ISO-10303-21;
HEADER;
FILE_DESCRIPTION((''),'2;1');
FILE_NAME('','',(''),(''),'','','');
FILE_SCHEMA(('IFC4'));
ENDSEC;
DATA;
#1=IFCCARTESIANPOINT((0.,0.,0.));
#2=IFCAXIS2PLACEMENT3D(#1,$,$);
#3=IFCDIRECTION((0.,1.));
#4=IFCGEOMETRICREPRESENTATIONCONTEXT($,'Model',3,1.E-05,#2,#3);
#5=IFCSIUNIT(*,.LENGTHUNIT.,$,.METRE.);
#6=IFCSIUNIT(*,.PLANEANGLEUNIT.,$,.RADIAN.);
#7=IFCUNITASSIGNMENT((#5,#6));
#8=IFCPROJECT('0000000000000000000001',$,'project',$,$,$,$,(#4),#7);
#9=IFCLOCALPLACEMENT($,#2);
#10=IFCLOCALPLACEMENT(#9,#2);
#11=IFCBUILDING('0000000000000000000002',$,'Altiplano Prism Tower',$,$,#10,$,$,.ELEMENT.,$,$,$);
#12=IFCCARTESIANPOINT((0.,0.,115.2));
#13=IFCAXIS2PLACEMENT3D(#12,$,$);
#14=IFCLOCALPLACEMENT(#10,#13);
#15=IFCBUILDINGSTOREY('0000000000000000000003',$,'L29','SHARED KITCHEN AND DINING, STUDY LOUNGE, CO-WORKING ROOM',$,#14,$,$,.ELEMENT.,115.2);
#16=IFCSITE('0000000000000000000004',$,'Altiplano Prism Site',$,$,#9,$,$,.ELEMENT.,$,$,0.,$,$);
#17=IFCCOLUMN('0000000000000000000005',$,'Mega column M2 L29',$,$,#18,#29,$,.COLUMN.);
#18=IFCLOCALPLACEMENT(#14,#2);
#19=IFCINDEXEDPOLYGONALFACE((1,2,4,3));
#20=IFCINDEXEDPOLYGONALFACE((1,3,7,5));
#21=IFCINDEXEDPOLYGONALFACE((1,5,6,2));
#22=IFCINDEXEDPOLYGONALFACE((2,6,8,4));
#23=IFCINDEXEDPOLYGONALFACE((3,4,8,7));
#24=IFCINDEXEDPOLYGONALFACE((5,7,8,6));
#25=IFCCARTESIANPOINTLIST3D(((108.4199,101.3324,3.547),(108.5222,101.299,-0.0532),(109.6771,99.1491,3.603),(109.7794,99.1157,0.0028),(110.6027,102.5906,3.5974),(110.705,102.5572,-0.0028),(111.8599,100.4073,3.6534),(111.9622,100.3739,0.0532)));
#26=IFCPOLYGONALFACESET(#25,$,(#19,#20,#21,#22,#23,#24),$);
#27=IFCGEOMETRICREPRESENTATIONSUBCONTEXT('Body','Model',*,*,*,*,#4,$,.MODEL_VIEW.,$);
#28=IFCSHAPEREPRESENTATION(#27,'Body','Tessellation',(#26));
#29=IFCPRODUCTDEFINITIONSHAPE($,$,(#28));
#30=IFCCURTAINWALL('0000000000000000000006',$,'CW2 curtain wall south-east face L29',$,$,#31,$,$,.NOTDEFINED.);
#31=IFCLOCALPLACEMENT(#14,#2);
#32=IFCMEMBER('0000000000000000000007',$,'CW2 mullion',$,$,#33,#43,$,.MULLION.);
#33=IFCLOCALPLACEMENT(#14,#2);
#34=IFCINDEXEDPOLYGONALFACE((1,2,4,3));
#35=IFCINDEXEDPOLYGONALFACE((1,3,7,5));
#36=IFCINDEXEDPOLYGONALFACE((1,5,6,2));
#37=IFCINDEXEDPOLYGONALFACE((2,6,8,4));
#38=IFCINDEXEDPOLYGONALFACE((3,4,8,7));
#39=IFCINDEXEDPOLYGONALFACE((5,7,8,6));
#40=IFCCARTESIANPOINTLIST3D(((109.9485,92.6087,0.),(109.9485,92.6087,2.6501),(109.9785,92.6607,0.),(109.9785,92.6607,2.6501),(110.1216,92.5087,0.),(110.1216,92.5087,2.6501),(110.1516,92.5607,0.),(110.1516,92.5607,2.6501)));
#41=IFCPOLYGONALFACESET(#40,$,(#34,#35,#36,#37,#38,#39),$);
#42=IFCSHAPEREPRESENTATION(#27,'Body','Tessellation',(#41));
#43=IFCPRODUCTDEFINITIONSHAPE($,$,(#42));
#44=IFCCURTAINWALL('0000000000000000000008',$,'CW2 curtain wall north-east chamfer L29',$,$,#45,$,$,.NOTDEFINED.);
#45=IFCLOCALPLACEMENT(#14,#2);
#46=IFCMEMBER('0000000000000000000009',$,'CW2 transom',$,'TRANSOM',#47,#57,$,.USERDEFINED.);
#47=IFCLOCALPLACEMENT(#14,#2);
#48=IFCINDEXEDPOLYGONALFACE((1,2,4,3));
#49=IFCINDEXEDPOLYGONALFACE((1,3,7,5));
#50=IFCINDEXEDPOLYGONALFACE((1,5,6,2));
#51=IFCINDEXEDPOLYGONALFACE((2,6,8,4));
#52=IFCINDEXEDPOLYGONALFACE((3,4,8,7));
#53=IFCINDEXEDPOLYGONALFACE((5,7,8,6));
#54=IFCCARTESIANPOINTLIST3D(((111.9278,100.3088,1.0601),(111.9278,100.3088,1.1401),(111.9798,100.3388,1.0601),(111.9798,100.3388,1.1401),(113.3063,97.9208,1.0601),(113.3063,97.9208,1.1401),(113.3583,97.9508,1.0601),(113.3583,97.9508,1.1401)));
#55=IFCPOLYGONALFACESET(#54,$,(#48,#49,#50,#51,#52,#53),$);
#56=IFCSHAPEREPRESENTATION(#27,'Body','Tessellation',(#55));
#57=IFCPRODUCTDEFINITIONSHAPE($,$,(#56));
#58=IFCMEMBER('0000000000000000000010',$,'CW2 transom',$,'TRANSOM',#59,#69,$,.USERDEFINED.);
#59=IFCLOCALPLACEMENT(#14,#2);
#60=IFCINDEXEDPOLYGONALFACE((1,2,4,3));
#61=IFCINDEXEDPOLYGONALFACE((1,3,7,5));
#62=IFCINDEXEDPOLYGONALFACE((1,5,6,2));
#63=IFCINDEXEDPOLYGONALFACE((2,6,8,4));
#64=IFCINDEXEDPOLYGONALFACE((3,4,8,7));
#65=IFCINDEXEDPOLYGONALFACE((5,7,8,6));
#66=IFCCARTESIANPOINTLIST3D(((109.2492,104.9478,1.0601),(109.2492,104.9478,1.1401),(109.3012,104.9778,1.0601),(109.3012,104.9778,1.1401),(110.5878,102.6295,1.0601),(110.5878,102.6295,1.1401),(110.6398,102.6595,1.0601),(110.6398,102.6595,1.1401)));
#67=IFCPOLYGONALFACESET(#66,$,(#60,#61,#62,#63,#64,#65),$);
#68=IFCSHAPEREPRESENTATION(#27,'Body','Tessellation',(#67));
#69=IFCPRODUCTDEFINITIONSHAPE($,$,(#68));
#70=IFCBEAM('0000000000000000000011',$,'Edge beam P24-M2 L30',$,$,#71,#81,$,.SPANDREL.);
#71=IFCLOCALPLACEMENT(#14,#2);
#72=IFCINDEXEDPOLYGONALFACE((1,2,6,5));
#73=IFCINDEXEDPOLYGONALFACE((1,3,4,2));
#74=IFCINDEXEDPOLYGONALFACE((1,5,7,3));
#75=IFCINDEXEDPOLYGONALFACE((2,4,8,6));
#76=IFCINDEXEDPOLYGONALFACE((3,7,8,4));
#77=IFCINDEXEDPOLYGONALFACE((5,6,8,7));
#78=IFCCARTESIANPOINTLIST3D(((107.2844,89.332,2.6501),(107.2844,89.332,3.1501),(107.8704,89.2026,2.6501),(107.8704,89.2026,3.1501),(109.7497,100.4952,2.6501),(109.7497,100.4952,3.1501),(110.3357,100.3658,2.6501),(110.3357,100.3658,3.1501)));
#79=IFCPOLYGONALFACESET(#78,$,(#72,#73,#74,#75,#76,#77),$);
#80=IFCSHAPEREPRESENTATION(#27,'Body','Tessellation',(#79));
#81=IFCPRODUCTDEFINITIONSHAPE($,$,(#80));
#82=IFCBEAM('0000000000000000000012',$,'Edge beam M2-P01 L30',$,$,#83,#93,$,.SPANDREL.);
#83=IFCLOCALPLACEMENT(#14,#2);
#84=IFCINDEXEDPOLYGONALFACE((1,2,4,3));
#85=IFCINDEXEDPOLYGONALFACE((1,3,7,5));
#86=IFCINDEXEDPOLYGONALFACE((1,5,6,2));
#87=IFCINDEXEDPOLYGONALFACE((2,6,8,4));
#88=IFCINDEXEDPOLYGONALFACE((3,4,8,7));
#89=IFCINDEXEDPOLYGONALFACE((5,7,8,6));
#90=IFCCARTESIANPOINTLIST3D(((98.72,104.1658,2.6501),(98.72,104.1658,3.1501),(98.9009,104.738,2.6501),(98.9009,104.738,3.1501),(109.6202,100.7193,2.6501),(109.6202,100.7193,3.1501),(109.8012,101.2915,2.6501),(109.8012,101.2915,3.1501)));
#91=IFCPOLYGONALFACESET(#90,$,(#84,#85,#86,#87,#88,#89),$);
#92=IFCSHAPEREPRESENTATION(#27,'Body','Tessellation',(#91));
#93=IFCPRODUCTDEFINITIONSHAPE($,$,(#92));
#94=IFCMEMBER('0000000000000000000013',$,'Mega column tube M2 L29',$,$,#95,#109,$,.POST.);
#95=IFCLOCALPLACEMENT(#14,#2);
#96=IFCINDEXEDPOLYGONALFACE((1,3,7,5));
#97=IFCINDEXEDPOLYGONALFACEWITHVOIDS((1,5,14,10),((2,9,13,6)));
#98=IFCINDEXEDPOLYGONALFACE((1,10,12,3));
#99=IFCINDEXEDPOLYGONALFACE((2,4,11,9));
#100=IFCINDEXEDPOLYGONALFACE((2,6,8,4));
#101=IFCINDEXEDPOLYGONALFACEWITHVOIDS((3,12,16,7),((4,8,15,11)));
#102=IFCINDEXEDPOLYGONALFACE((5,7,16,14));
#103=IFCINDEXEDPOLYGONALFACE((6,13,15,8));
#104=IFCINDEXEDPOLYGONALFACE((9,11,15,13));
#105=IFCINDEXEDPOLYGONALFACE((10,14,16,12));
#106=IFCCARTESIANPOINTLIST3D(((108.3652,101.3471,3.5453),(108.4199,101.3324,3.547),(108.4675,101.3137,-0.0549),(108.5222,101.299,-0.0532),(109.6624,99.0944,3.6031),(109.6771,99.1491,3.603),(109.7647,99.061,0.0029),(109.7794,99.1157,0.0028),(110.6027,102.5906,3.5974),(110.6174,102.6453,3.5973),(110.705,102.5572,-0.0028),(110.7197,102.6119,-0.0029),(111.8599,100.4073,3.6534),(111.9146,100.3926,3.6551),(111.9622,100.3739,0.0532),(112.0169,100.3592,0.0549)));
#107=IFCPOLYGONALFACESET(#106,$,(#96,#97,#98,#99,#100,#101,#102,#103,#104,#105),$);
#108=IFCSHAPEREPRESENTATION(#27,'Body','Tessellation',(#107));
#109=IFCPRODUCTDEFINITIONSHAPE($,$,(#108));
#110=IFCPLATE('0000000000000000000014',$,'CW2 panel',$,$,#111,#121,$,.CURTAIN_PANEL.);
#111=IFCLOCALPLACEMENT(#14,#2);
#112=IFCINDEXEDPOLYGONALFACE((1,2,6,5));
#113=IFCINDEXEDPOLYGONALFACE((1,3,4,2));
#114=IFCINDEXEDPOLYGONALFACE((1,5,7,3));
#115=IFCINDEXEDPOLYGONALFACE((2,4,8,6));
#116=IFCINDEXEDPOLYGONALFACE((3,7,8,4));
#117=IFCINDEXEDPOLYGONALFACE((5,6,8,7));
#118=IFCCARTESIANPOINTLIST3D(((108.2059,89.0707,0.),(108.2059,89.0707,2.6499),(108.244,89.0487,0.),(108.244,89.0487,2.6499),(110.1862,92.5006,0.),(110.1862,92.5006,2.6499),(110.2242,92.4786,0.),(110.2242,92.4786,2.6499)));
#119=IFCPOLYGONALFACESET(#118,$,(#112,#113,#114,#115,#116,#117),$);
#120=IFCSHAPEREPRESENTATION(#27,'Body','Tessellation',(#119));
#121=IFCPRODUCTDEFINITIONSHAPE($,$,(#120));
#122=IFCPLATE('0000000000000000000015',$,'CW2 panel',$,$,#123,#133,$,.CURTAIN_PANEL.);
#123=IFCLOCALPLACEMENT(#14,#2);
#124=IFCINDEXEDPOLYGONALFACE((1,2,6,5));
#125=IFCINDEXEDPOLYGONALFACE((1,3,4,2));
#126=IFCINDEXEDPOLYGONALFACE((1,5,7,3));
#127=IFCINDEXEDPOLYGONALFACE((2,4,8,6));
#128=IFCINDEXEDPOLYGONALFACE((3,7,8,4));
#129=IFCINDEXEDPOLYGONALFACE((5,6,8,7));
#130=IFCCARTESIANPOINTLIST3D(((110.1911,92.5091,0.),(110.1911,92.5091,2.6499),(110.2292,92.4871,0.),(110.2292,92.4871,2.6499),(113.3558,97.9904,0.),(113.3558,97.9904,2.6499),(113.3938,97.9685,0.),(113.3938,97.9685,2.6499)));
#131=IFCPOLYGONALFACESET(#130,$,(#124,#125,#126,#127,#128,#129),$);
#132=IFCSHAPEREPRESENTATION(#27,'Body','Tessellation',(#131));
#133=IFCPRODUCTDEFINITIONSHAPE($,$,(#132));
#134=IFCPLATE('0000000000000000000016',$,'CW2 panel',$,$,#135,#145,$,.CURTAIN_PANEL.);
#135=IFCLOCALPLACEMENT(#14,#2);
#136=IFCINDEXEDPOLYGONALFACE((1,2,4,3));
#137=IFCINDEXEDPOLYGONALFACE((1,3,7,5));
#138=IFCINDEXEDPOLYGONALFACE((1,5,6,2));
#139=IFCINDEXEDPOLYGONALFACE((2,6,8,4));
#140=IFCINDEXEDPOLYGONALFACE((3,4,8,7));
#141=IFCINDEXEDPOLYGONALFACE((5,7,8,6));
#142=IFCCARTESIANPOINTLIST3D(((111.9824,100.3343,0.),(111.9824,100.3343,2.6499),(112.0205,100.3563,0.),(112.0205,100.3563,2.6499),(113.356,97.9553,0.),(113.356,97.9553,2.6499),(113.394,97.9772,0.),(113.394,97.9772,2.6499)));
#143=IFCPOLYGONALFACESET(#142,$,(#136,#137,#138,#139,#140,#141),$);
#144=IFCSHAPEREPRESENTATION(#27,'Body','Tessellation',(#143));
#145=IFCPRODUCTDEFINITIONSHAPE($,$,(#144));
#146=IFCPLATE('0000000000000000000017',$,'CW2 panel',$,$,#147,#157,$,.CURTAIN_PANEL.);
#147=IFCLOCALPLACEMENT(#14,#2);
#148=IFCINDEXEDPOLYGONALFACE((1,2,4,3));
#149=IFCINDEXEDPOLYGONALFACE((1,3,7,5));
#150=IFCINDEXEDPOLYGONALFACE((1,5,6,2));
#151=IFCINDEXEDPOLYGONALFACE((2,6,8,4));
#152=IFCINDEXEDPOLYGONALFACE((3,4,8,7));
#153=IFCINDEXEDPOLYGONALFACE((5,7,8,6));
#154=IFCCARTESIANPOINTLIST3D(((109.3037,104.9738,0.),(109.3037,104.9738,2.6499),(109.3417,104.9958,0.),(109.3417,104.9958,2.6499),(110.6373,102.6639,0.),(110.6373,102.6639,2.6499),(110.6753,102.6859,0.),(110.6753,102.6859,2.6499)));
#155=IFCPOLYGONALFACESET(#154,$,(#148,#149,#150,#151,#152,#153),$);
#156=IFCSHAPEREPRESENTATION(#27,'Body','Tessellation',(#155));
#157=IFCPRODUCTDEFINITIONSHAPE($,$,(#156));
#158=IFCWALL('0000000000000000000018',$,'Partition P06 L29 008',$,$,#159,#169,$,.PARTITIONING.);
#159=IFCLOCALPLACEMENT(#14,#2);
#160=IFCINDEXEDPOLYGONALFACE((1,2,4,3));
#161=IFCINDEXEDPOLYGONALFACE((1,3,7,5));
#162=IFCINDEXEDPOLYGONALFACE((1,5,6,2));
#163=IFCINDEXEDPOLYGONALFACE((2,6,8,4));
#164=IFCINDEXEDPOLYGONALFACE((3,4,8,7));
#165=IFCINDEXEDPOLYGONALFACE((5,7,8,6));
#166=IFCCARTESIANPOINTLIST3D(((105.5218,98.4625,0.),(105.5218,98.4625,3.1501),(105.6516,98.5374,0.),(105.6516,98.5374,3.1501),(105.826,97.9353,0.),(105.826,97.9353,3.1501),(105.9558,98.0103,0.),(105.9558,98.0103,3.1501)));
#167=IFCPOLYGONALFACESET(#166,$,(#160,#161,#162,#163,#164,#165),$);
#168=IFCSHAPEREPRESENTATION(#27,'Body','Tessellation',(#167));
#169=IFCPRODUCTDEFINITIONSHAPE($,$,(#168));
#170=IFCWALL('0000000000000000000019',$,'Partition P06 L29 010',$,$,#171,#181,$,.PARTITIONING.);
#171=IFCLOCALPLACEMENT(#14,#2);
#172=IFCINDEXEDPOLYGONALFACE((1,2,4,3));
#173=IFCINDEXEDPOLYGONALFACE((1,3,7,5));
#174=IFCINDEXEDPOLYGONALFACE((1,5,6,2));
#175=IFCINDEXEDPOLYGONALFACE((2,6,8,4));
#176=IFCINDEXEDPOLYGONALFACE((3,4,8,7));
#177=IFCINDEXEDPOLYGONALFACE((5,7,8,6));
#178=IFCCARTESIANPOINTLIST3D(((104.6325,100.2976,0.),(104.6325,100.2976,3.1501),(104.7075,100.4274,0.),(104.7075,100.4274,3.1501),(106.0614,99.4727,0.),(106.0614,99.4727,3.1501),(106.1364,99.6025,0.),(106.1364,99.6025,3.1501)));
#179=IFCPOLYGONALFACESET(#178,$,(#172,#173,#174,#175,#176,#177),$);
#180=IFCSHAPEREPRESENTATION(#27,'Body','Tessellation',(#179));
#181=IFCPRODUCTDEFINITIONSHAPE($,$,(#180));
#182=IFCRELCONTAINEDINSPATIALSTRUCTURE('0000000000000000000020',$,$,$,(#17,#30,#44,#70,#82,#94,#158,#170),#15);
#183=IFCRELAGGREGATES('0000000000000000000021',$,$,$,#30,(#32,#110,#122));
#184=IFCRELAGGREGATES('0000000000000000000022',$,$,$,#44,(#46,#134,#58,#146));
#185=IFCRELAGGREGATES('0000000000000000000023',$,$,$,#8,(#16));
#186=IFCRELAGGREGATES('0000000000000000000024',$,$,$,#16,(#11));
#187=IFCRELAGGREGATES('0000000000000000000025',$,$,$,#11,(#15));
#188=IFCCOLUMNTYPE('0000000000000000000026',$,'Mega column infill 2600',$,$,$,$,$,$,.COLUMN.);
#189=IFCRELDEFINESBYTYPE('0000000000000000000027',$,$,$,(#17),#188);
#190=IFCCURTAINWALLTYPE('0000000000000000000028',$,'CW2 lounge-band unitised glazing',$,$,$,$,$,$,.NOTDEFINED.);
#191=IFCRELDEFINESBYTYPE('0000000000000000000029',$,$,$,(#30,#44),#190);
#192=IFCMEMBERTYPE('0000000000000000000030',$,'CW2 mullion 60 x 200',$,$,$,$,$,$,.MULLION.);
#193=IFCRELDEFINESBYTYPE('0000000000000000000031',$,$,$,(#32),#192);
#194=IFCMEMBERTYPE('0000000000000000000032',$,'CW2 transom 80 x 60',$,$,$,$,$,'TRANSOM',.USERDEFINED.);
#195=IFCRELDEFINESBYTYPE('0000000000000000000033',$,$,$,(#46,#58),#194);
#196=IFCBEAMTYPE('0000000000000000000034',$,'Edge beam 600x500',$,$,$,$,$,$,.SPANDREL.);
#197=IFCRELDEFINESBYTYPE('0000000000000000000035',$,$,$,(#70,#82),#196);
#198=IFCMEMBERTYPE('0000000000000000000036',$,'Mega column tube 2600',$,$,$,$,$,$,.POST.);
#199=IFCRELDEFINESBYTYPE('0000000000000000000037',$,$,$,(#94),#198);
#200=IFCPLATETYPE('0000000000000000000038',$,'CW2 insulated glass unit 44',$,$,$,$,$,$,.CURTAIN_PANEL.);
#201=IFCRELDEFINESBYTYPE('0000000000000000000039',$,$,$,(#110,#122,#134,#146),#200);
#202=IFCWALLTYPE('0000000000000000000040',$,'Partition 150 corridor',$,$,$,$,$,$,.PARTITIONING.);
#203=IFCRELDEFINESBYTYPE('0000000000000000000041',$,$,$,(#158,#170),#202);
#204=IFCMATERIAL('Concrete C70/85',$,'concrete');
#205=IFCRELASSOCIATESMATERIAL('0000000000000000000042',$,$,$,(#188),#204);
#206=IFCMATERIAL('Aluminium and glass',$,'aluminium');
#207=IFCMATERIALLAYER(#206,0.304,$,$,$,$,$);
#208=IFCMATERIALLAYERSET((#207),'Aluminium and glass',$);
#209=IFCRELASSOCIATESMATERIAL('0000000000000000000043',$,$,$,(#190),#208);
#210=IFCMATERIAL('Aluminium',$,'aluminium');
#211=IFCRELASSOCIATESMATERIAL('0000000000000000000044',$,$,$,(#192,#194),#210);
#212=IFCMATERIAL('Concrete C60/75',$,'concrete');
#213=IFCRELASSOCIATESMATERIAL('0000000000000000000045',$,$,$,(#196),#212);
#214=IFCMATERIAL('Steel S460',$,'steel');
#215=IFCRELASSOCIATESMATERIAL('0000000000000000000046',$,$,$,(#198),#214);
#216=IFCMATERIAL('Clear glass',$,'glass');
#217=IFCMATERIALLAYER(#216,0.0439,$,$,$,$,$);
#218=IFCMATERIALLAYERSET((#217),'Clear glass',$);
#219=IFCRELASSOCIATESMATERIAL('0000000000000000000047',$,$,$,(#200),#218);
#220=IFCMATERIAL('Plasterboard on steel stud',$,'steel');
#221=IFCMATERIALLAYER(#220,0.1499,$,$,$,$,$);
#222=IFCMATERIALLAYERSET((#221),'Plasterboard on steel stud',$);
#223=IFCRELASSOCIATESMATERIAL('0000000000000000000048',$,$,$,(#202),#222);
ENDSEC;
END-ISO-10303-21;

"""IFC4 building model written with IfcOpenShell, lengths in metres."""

from ifc_helpers import new_model, si_unit, direction, frame, frame_2d, origin, origin_2d, place, context, subcontext, project, spatial, rectangle, hollow_rectangle, extrude, material, layer, layer_set, material_profile, profile_set, type_object, element, aggregate, save


model = new_model("IFC4")

# Units and contexts
model_context = context("Model", 3, precision=1e-05, world=origin(), true_north=direction((0.0, 1.0)))
body_context = subcontext(model_context, "Body", "Model", "MODEL_VIEW")
ifc_project = project(units=[si_unit("LENGTHUNIT", "METRE"), si_unit("PLANEANGLEUNIT", "RADIAN")], contexts=[model_context])

# Site, building, storey
site_placement = place(None, origin())
site = spatial("IfcSite", under=ifc_project, at=site_placement, Name="Altiplano Prism Site", CompositionType="ELEMENT", RefElevation=0.0)
building_placement = place(site_placement, origin())
building = spatial("IfcBuilding", under=site, at=building_placement, Name="Altiplano Prism Tower", CompositionType="ELEMENT")
storey_placement = place(building_placement, frame((0.0, 0.0, 115.2)))
storey = spatial("IfcBuildingStorey", under=building, at=storey_placement, Name="L29", Description="SHARED KITCHEN AND DINING, STUDY LOUNGE, CO-WORKING ROOM", CompositionType="ELEMENT", Elevation=115.2)

# Column
ifc_material_1 = material(Name="Concrete C70/85", Category="concrete")
ifc_material_profile_1 = material_profile(ifc_material_1, rectangle(XDim=2.52, YDim=2.52, at=origin_2d()), Name="Mega column infill 2600")
ifc_profile_set_1 = profile_set([ifc_material_profile_1], Name="Concrete C70/85")
column_type = type_object("IfcColumnType", Name="Mega column infill 2600", PredefinedType="COLUMN", material=ifc_profile_set_1)
column_placement = place(storey_placement, frame((110.2422, 100.8364, 0.0), z_axis=(-0.028402, 0.009287, 0.999553), x_axis=(0.498889, -0.866381, 0.022225)))
element("IfcColumn", 1, at=column_placement, inside=storey, type_object=column_type, Name="Mega column M2 L29", PredefinedType="COLUMN", context=body_context, shape_type="SweptSolid", body=[
    extrude(rectangle(XDim=2.52, YDim=2.52, at=origin_2d()), origin(), (0.0, 0.0, 1.0), 3.6018),
])

# Curtain wall, member
ifc_material_2 = material(Name="Aluminium and glass", Category="aluminium")
ifc_layer_1 = layer(ifc_material_2, 0.304)
ifc_layer_set_1 = layer_set([ifc_layer_1], Name="Aluminium and glass")
curtain_wall_type = type_object("IfcCurtainWallType", Name="CW2 lounge-band unitised glazing", PredefinedType="NOTDEFINED", material=ifc_layer_set_1)
curtain_wall_1_placement = place(storey_placement, origin())
curtain_wall_1 = element("IfcCurtainWall", 2, at=curtain_wall_1_placement, inside=storey, type_object=curtain_wall_type, Name="CW2 curtain wall south-east face L29", PredefinedType="NOTDEFINED")
ifc_material_3 = material(Name="Aluminium", Category="aluminium")
ifc_material_profile_2 = material_profile(ifc_material_3, rectangle(XDim=0.2, YDim=0.0601, at=origin_2d()), Name="CW2 mullion 60 x 200")
ifc_profile_set_2 = profile_set([ifc_material_profile_2], Name="Aluminium")
member_type_1 = type_object("IfcMemberType", Name="CW2 mullion 60 x 200", PredefinedType="MULLION", material=ifc_profile_set_2)
member_1_placement = place(storey_placement, frame((110.05, 92.5847, 0.0), z_axis=(0.0, 0.0, 1.0), x_axis=(-0.866025, 0.5, 0.0)))
member_1 = element("IfcMember", 3, at=member_1_placement, type_object=member_type_1, Name="CW2 mullion", PredefinedType="MULLION", context=body_context, shape_type="SweptSolid", body=[
    extrude(rectangle(XDim=0.2, YDim=0.0601, at=origin_2d()), origin(), (0.0, 0.0, 1.0), 2.6501),
])

# Curtain wall, members
curtain_wall_2_placement = place(storey_placement, origin())
curtain_wall_2 = element("IfcCurtainWall", 4, at=curtain_wall_2_placement, inside=storey, type_object=curtain_wall_type, Name="CW2 curtain wall north-east chamfer L29", PredefinedType="NOTDEFINED")
ifc_material_profile_3 = material_profile(ifc_material_3, rectangle(XDim=0.0601, YDim=0.0801, at=origin_2d()), Name="CW2 transom 80 x 60")
ifc_profile_set_3 = profile_set([ifc_material_profile_3], Name="Aluminium")
member_type_2 = type_object("IfcMemberType", Name="CW2 transom 80 x 60", ElementType="TRANSOM", PredefinedType="USERDEFINED", material=ifc_profile_set_3)
member_2_placement = place(storey_placement, frame((113.3323, 97.9358, 1.1001), z_axis=(-0.499929, 0.866066, 0.0), x_axis=(-0.866066, -0.499929, 0.0)))
member_2 = element("IfcMember", 5, at=member_2_placement, type_object=member_type_2, Name="CW2 transom", ObjectType="TRANSOM", PredefinedType="USERDEFINED", context=body_context, shape_type="SweptSolid", body=[
    extrude(rectangle(XDim=0.0601, YDim=0.0801, at=origin_2d()), origin(), (0.0, 0.0, 1.0), 2.7573),
])
member_3_placement = place(storey_placement, frame((110.6138, 102.6445, 1.1001), z_axis=(-0.500033, 0.866006, 0.0), x_axis=(-0.866006, -0.500033, 0.0)))
member_3 = element("IfcMember", 6, at=member_3_placement, type_object=member_type_2, Name="CW2 transom", ObjectType="TRANSOM", PredefinedType="USERDEFINED", context=body_context, shape_type="SweptSolid", body=[
    extrude(rectangle(XDim=0.0601, YDim=0.0801, at=origin_2d()), origin(), (0.0, 0.0, 1.0), 2.677),
])

# Beams
ifc_material_4 = material(Name="Concrete C60/75", Category="concrete")
ifc_material_profile_4 = material_profile(ifc_material_4, rectangle(XDim=0.6001, YDim=0.5, at=origin_2d()), Name="Edge beam 600x500")
ifc_profile_set_4 = profile_set([ifc_material_profile_4], Name="Concrete C60/75")
beam_type = type_object("IfcBeamType", Name="Edge beam 600x500", PredefinedType="SPANDREL", material=ifc_profile_set_4)
for number, where, z_axis, x_axis, name in (
    (7, (107.5774, 89.2673, 2.9001), (0.21565, 0.976471, 0.0), (-0.976471, 0.21565, 0.0), "Edge beam P24-M2 L30"),
    (8, (109.7107, 101.0054, 2.9001), (-0.953473, 0.30148, 0.0), (-0.30148, -0.953473, 0.0), "Edge beam M2-P01 L30"),
):
    element("IfcBeam", number, at=place(storey_placement, frame(where, z_axis=z_axis, x_axis=x_axis)), inside=storey, type_object=beam_type, Name=name, PredefinedType="SPANDREL", context=body_context, shape_type="SweptSolid", body=[
        extrude(rectangle(XDim=0.6001, YDim=0.5, at=origin_2d()), origin(), (0.0, 0.0, 1.0), 11.4321),
    ])

# Member
ifc_material_5 = material(Name="Steel S460", Category="steel")
ifc_material_profile_5 = material_profile(ifc_material_5, hollow_rectangle(XDim=2.6001, YDim=2.6001, WallThickness=0.04, at=origin_2d()), Name="Mega column tube 2600")
ifc_profile_set_5 = profile_set([ifc_material_profile_5], Name="Steel S460")
member_type_3 = type_object("IfcMemberType", Name="Mega column tube 2600", PredefinedType="POST", material=ifc_profile_set_5)
member_4_placement = place(storey_placement, frame((110.2422, 100.8364, 0.0), z_axis=(-0.028402, 0.009287, 0.999553), x_axis=(0.498889, -0.866381, 0.022225)))
element("IfcMember", 9, at=member_4_placement, inside=storey, type_object=member_type_3, Name="Mega column tube M2 L29", PredefinedType="POST", context=body_context, shape_type="SweptSolid", body=[
    extrude(hollow_rectangle(XDim=2.6001, YDim=2.6001, WallThickness=0.04, at=origin_2d()), origin(), (0.0, 0.0, 1.0), 3.6018),
])

# Plates
ifc_material_6 = material(Name="Clear glass", Category="glass")
ifc_layer_2 = layer(ifc_material_6, 0.0439)
ifc_layer_set_2 = layer_set([ifc_layer_2], Name="Clear glass")
plate_type = type_object("IfcPlateType", Name="CW2 insulated glass unit 44", PredefinedType="CURTAIN_PANEL", material=ifc_layer_set_2)
plate_1_placement = place(storey_placement, frame((109.2151, 90.7747, 0.0), z_axis=(0.0, 0.0, 1.0), x_axis=(0.5, 0.866025, 0.0)))
plate_1 = element("IfcPlate", 10, at=plate_1_placement, type_object=plate_type, Name="CW2 panel", PredefinedType="CURTAIN_PANEL", context=body_context, shape_type="SweptSolid", body=[
    extrude(rectangle(XDim=3.9604, YDim=0.0439, at=origin_2d()), origin(), (0.0, 0.0, 1.0), 2.6499),
])
plate_2_placement = place(storey_placement, frame((111.7925, 95.2388, 0.0), z_axis=(0.0, 0.0, 1.0), x_axis=(0.5, 0.866025, 0.0)))
plate_2 = element("IfcPlate", 11, at=plate_2_placement, type_object=plate_type, Name="CW2 panel", PredefinedType="CURTAIN_PANEL", context=body_context, shape_type="SweptSolid", body=[
    extrude(rectangle(XDim=6.3293, YDim=0.0439, at=origin_2d()), origin(), (0.0, 0.0, 1.0), 2.6499),
])
aggregate(curtain_wall_1, [member_1, plate_1, plate_2])
plate_3_placement = place(storey_placement, frame((112.6882, 99.1558, 0.0), z_axis=(0.0, 0.0, 1.0), x_axis=(-0.5, 0.866025, 0.0)))
plate_3 = element("IfcPlate", 12, at=plate_3_placement, type_object=plate_type, Name="CW2 panel", PredefinedType="CURTAIN_PANEL", context=body_context, shape_type="SweptSolid", body=[
    extrude(rectangle(XDim=2.7471, YDim=0.0439, at=origin_2d()), origin(), (0.0, 0.0, 1.0), 2.6499),
])
plate_4_placement = place(storey_placement, frame((109.9895, 103.8298, 0.0), z_axis=(0.0, 0.0, 1.0), x_axis=(-0.5, 0.866025, 0.0)))
plate_4 = element("IfcPlate", 13, at=plate_4_placement, type_object=plate_type, Name="CW2 panel", PredefinedType="CURTAIN_PANEL", context=body_context, shape_type="SweptSolid", body=[
    extrude(rectangle(XDim=2.6672, YDim=0.0439, at=origin_2d()), origin(), (0.0, 0.0, 1.0), 2.6499),
])
aggregate(curtain_wall_2, [member_2, plate_3, member_3, plate_4])

# Walls
ifc_material_7 = material(Name="Plasterboard on steel stud", Category="steel")
ifc_layer_3 = layer(ifc_material_7, 0.1499)
ifc_layer_set_3 = layer_set([ifc_layer_3], Name="Plasterboard on steel stud")
wall_type_1 = type_object("IfcWallType", Name="Partition 150 corridor", PredefinedType="PARTITIONING", material=ifc_layer_set_3)
wall_1_placement = place(storey_placement, frame((105.8909, 97.9729, 0.0), z_axis=(0.0, 0.0, 1.0), x_axis=(-0.49985, 0.866112, 0.0)))
element("IfcWall", 14, at=wall_1_placement, inside=storey, type_object=wall_type_1, Name="Partition P06 L29 008", PredefinedType="PARTITIONING", context=body_context, shape_type="SweptSolid", body=[
    extrude(rectangle(XDim=0.6086, YDim=0.1499, at=frame_2d((0.3042, 0.0))), origin(), (0.0, 0.0, 1.0), 3.1501),
])
wall_2_placement = place(storey_placement, frame((106.0989, 99.5376, 0.0), z_axis=(0.0, 0.0, 1.0), x_axis=(-0.86604, 0.499974, 0.0)))
element("IfcWall", 15, at=wall_2_placement, inside=storey, type_object=wall_type_1, Name="Partition P06 L29 010", PredefinedType="PARTITIONING", context=body_context, shape_type="SweptSolid", body=[
    extrude(rectangle(XDim=1.6499, YDim=0.1499, at=frame_2d((0.825, 0.0))), origin(), (0.0, 0.0, 1.0), 3.1501),
])

save(model, "model.ifc")
